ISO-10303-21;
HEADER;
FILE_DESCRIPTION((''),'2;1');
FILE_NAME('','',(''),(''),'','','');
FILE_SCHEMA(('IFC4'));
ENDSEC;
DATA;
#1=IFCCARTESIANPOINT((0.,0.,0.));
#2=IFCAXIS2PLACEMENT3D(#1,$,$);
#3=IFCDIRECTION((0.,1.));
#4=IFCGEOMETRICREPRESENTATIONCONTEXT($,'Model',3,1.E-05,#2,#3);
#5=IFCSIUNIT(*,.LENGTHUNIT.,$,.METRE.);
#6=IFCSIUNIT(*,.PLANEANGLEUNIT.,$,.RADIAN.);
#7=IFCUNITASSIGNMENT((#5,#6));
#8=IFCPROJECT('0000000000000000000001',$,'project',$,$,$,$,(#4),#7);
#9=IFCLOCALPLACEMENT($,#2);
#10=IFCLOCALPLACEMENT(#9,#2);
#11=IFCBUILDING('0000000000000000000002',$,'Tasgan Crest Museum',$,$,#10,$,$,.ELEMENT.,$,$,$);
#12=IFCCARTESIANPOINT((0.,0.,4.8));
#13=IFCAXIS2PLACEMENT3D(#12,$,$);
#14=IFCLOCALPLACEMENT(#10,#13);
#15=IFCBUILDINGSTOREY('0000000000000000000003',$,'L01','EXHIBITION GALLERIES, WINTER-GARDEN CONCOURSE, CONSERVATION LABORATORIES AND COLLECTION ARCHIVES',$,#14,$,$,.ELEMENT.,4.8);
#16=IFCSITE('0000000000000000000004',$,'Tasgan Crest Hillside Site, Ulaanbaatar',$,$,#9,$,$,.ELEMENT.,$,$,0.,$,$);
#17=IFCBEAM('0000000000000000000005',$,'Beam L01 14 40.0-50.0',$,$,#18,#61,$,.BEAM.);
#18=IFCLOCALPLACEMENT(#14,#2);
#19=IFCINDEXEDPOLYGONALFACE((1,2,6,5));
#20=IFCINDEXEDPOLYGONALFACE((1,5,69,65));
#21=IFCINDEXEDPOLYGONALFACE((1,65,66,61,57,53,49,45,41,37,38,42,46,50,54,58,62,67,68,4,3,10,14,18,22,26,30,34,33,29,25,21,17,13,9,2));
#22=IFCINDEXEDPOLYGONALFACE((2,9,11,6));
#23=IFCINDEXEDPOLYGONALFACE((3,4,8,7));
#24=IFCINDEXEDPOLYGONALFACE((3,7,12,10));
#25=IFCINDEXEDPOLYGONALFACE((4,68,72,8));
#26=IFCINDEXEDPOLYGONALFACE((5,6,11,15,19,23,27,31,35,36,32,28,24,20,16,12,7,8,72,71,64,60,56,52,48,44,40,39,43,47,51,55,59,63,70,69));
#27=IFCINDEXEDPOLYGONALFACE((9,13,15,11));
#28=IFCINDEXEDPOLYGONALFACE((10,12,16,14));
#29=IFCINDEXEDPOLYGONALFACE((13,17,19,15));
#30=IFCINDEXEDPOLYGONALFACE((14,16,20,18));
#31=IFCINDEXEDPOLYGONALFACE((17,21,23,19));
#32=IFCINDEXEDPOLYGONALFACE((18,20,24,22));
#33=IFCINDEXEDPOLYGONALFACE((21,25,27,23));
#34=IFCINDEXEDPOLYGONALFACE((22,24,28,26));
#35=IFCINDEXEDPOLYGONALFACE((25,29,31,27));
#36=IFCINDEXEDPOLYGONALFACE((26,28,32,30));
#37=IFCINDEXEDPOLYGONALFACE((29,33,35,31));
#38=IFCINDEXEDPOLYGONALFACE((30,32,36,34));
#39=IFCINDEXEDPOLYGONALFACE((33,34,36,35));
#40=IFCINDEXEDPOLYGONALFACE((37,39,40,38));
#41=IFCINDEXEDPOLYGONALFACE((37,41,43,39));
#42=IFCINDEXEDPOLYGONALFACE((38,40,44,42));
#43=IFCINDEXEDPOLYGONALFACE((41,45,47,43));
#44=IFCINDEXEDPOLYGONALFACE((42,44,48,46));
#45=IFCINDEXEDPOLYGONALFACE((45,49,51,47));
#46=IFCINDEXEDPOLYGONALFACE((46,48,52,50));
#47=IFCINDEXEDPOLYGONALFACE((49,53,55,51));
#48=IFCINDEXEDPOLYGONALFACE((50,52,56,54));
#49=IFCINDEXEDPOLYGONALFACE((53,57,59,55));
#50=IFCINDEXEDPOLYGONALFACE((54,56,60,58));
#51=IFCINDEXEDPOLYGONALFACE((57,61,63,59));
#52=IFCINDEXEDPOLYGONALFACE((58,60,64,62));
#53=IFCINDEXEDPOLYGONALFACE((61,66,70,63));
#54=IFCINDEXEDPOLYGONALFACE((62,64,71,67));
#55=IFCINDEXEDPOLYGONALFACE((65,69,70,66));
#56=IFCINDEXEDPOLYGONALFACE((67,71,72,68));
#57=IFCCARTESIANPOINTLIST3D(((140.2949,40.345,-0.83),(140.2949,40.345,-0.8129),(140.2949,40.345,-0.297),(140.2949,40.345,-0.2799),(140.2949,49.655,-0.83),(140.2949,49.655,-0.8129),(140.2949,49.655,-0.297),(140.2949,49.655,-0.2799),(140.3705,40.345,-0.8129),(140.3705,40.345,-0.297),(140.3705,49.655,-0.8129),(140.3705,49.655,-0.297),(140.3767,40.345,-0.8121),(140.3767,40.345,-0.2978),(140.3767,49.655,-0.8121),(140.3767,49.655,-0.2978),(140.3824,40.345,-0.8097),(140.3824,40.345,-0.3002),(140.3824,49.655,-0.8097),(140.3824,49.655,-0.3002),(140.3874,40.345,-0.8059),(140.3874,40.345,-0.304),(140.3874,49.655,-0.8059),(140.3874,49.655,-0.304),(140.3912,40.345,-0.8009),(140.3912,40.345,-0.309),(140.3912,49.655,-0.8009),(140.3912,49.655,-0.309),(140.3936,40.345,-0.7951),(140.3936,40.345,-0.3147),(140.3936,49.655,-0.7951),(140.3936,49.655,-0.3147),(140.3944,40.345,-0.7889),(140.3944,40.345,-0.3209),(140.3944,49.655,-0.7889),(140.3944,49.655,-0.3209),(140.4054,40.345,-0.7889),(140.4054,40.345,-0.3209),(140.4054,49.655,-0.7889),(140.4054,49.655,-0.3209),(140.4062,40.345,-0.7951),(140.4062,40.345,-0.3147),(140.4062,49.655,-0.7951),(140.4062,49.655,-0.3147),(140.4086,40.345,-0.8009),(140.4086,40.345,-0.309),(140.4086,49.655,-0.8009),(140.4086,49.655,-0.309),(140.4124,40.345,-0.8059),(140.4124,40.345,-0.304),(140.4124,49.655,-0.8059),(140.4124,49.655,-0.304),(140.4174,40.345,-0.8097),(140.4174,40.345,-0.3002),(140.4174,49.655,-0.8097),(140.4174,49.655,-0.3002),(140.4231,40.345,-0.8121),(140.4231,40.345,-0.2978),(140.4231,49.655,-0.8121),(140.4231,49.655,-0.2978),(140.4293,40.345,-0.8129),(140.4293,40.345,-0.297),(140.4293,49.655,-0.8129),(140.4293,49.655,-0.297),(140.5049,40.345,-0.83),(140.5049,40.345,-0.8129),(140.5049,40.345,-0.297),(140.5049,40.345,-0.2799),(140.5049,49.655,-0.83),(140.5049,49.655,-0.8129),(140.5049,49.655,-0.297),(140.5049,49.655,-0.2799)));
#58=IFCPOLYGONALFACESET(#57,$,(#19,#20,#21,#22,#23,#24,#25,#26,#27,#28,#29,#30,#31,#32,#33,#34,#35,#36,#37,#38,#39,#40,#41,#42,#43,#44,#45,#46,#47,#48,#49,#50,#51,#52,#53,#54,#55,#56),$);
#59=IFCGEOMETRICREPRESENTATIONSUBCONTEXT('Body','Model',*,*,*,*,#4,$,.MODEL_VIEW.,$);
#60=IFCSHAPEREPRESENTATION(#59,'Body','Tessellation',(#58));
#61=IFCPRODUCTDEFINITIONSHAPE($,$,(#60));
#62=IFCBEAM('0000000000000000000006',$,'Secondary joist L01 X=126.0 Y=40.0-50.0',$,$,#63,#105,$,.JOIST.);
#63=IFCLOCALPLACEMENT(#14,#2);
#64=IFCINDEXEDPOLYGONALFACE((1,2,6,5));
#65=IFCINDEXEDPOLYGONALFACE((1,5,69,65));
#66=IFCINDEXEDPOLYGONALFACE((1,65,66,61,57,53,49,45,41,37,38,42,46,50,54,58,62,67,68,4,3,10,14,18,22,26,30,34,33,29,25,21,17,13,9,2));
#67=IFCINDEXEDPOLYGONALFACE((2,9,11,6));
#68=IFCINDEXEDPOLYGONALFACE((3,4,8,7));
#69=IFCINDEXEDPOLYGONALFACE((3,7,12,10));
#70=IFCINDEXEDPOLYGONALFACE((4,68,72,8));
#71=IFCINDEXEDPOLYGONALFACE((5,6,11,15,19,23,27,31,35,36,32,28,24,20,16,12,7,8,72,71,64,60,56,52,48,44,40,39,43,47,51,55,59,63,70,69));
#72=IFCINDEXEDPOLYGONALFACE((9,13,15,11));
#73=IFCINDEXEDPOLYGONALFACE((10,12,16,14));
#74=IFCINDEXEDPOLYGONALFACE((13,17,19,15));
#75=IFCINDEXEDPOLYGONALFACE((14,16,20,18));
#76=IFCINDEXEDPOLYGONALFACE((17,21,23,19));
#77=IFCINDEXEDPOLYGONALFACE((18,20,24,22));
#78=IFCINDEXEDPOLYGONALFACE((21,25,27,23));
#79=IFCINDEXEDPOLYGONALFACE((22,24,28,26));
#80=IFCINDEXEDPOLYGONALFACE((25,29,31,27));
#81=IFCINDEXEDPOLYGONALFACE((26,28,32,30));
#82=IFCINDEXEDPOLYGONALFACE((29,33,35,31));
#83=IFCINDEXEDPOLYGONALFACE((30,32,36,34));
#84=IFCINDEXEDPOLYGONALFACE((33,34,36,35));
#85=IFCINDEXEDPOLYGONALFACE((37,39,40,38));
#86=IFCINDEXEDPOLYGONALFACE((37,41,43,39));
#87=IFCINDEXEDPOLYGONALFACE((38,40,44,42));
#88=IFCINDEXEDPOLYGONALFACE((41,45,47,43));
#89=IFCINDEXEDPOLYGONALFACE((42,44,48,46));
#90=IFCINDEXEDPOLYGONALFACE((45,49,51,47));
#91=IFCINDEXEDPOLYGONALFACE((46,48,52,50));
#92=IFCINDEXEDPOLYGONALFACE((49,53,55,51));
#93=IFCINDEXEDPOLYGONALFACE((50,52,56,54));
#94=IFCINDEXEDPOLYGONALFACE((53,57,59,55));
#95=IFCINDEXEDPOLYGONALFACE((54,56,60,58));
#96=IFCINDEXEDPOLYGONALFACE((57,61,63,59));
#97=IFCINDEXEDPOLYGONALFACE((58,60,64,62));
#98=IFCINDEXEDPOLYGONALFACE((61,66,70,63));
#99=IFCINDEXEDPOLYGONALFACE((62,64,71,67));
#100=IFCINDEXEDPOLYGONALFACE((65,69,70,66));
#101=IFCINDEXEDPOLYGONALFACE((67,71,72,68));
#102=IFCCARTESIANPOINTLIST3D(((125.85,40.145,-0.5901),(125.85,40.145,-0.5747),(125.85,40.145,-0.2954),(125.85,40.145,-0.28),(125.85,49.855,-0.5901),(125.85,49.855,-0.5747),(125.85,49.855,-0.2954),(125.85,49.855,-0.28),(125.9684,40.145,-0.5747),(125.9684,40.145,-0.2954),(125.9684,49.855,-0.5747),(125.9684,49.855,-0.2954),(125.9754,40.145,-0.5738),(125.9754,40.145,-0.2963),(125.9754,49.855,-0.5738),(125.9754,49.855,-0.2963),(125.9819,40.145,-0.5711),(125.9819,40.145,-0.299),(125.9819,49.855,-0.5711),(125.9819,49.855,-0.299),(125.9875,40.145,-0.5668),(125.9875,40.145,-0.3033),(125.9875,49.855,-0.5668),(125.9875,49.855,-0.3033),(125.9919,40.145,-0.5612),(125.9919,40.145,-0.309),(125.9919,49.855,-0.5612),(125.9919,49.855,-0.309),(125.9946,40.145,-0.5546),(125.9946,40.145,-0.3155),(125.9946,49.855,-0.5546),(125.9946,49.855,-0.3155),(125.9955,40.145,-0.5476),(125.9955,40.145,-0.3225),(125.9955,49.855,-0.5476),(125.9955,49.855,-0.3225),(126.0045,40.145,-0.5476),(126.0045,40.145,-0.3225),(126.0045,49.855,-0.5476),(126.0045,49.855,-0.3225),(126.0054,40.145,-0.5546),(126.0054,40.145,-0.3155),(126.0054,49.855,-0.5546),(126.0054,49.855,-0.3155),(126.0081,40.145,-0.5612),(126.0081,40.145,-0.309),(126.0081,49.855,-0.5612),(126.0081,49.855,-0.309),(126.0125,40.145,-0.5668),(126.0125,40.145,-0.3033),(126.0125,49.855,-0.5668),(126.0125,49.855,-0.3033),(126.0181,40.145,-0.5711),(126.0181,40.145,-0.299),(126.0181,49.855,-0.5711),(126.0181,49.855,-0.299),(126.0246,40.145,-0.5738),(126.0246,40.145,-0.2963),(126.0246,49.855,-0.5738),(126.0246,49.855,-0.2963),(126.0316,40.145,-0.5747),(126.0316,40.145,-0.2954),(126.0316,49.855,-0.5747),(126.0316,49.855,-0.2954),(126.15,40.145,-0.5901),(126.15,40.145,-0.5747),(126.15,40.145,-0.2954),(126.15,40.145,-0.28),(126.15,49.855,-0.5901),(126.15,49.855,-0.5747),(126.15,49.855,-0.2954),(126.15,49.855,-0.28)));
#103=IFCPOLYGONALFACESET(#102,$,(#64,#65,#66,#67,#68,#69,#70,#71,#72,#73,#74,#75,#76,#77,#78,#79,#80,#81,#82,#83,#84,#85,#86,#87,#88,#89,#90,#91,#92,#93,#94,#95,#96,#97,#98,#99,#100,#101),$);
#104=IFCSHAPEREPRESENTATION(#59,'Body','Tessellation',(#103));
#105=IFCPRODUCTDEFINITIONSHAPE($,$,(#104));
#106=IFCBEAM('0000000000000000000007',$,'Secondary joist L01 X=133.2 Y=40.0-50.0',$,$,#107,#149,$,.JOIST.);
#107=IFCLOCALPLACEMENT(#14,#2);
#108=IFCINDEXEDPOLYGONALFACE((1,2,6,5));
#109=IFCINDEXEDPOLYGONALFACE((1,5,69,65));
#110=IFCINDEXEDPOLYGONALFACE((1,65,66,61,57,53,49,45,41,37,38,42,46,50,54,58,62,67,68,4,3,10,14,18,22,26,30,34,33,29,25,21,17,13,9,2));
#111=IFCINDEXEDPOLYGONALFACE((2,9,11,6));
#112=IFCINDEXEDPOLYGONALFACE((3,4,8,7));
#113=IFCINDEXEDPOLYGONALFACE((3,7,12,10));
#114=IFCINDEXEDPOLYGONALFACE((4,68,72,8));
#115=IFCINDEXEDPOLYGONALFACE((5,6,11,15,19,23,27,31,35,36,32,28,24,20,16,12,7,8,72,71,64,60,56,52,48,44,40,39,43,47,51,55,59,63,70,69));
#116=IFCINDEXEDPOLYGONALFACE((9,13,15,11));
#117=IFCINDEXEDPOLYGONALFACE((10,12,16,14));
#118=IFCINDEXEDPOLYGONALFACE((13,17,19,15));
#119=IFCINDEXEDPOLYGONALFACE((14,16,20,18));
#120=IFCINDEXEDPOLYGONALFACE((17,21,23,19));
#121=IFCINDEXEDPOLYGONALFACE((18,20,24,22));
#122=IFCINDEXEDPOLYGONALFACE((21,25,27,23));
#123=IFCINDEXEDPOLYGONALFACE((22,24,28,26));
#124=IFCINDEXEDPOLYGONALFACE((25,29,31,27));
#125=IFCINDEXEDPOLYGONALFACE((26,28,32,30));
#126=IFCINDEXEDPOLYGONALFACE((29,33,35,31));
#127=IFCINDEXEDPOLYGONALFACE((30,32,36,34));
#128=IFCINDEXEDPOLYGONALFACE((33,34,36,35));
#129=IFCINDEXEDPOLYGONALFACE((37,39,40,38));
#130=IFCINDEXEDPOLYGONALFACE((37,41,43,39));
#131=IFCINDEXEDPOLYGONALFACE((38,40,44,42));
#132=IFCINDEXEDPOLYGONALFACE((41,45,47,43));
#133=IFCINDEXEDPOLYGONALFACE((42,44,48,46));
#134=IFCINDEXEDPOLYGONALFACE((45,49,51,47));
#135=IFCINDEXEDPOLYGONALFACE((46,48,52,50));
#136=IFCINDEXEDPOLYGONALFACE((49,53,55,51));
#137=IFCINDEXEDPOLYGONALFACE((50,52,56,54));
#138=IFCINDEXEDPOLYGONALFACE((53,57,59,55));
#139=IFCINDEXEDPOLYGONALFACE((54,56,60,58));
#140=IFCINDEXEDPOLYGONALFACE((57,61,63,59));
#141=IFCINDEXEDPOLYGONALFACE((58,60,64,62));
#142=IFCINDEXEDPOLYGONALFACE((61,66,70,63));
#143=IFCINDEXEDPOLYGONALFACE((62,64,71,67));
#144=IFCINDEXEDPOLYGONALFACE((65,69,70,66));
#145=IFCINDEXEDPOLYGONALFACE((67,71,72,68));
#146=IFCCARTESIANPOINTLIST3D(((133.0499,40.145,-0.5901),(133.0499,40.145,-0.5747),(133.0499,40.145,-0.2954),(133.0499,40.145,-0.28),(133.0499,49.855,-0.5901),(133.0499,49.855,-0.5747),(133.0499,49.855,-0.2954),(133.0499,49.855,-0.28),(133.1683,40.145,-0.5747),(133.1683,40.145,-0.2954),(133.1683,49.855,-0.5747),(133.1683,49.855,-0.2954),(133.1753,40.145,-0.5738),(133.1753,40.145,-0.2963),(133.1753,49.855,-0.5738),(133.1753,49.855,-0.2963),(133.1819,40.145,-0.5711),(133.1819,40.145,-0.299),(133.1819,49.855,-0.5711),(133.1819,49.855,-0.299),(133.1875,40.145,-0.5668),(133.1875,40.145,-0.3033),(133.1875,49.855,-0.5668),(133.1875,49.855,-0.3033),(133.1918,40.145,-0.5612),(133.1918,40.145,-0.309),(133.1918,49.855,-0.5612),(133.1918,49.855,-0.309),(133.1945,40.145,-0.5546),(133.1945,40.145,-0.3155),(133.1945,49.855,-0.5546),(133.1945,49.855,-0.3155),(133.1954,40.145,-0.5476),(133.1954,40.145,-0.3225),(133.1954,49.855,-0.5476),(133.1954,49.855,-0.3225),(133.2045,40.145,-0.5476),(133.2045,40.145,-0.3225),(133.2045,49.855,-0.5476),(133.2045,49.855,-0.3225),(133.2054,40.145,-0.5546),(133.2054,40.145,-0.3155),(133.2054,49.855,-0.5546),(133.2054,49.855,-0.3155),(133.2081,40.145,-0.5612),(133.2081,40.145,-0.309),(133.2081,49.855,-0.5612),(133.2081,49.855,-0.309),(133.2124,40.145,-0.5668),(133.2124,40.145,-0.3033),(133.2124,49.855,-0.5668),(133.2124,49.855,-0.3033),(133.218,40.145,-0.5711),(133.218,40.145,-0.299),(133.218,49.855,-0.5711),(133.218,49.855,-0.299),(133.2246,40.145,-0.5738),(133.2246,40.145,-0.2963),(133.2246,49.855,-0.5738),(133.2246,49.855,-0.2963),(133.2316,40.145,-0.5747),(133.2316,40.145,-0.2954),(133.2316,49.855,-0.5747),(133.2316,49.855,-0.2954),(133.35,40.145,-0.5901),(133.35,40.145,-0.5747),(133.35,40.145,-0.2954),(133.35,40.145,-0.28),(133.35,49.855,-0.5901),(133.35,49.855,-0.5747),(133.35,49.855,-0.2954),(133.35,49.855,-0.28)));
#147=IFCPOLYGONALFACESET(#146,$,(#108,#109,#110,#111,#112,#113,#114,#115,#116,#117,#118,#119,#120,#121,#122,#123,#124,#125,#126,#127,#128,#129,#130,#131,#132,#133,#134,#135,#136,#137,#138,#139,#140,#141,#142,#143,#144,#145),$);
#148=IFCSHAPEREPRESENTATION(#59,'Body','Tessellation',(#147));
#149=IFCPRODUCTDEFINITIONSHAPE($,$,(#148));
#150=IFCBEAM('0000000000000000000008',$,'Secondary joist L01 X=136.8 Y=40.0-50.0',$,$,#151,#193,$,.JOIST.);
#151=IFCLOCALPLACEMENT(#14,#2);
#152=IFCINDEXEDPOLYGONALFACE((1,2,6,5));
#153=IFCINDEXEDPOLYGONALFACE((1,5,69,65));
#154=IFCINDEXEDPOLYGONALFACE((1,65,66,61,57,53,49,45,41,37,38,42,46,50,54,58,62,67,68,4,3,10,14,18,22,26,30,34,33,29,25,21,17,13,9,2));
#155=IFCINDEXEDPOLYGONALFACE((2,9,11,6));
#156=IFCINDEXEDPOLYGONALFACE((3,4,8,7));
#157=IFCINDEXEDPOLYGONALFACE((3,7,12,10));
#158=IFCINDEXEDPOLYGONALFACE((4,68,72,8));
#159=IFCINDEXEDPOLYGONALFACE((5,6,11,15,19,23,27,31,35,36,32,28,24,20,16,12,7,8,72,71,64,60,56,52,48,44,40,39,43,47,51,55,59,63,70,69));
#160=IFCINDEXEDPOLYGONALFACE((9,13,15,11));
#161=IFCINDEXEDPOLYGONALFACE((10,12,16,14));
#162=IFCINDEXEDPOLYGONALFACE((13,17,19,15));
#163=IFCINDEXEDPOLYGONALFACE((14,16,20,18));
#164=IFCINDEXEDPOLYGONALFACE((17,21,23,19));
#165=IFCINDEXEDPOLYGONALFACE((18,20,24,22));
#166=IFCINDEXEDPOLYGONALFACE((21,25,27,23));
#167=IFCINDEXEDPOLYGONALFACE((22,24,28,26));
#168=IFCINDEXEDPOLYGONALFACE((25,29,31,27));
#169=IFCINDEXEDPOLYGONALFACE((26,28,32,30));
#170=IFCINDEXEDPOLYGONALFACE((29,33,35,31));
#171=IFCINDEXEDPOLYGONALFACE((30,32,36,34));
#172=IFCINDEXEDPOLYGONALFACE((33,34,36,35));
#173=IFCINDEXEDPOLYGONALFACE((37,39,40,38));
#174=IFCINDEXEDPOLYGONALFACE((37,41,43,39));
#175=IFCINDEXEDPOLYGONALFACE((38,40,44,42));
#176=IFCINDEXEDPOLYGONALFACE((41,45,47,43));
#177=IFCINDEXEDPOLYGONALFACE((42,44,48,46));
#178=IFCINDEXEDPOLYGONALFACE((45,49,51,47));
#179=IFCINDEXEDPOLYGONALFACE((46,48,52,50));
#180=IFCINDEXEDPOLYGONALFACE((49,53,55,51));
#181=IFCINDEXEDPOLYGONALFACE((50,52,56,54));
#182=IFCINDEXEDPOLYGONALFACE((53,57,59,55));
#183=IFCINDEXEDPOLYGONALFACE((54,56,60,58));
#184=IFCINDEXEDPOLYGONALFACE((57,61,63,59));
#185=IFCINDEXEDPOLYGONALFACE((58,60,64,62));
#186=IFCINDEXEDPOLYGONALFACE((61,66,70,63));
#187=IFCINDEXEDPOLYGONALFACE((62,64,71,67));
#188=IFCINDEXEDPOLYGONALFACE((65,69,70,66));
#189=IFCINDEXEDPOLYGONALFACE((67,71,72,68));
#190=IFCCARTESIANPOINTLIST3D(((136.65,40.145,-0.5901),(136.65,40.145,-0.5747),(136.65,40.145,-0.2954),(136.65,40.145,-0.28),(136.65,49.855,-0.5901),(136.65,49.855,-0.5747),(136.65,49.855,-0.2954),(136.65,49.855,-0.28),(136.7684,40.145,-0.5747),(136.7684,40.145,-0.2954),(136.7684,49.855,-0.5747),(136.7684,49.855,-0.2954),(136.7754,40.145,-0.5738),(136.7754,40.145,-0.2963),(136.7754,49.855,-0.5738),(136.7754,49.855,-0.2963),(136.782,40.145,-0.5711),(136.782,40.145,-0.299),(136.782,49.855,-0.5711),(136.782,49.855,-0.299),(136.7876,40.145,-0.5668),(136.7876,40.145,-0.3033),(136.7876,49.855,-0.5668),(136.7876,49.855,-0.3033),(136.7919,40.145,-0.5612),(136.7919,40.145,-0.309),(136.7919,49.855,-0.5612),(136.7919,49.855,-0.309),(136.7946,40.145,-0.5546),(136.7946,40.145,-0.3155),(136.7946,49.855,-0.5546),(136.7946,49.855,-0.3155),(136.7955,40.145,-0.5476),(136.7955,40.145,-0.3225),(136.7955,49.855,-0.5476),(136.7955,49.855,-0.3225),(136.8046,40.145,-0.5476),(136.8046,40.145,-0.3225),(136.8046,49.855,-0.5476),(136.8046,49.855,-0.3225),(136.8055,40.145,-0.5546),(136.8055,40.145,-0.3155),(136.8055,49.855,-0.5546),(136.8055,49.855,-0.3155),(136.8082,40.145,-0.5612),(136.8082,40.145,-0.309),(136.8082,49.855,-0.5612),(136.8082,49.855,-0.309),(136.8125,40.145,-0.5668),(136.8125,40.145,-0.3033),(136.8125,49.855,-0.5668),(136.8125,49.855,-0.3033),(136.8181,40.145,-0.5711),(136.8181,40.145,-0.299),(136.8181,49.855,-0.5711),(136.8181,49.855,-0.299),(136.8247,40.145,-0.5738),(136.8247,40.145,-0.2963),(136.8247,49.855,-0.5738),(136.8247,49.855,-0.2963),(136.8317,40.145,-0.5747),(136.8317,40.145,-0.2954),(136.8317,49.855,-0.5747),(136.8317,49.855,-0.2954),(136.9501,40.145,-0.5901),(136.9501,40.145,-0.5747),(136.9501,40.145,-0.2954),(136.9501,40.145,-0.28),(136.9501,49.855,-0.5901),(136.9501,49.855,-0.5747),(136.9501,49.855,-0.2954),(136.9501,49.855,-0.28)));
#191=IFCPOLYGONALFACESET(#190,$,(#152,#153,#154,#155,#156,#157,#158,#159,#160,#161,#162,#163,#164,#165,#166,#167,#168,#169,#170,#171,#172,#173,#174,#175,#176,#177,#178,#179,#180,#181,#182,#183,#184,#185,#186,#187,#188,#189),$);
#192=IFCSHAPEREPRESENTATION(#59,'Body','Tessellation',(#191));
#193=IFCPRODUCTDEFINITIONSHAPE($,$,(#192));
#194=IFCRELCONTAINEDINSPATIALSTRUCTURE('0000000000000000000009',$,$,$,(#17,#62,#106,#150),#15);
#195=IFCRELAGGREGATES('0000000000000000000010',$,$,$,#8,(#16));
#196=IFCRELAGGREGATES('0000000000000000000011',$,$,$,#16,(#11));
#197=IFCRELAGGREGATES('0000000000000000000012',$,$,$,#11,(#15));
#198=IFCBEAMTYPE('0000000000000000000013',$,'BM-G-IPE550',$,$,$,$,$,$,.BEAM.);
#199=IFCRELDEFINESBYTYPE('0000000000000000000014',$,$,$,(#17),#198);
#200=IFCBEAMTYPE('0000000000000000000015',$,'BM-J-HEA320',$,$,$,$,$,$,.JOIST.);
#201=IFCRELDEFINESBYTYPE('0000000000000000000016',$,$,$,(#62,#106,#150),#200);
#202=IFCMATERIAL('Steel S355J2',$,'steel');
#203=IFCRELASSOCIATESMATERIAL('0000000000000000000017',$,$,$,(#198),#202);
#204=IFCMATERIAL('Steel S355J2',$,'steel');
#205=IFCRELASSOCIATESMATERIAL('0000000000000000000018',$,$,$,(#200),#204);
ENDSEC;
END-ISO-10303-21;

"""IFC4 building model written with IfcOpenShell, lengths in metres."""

from ifc_helpers import new_model, si_unit, direction, frame, origin, origin_2d, place, context, subcontext, project, spatial, i_section, extrude, material, material_profile, profile_set, type_object, element, save


model = new_model("IFC4")

# Units and contexts
model_context = context("Model", 3, precision=1e-05, world=origin(), true_north=direction((0.0, 1.0)))
body_context = subcontext(model_context, "Body", "Model", "MODEL_VIEW")
ifc_project = project(units=[si_unit("LENGTHUNIT", "METRE"), si_unit("PLANEANGLEUNIT", "RADIAN")], contexts=[model_context])

# Site, building, storey
site_placement = place(None, origin())
site = spatial("IfcSite", under=ifc_project, at=site_placement, Name="Tasgan Crest Hillside Site, Ulaanbaatar", CompositionType="ELEMENT", RefElevation=0.0)
building_placement = place(site_placement, origin())
building = spatial("IfcBuilding", under=site, at=building_placement, Name="Tasgan Crest Museum", CompositionType="ELEMENT")
storey_placement = place(building_placement, frame((0.0, 0.0, 4.8)))
storey = spatial("IfcBuildingStorey", under=building, at=storey_placement, Name="L01", Description="EXHIBITION GALLERIES, WINTER-GARDEN CONCOURSE, CONSERVATION LABORATORIES AND COLLECTION ARCHIVES", CompositionType="ELEMENT", Elevation=4.8)

# Beams
ifc_material_1 = material(Name="Steel S355J2", Category="steel")
ifc_material_profile_1 = material_profile(ifc_material_1, i_section(OverallWidth=0.21, OverallDepth=0.55, WebThickness=0.011, FlangeThickness=0.0171, FilletRadius=0.0239, at=origin_2d()), Name="IPE 550")
ifc_profile_set_1 = profile_set([ifc_material_profile_1], Name="Steel S355J2")
beam_type_1 = type_object("IfcBeamType", Name="BM-G-IPE550", PredefinedType="BEAM", material=ifc_profile_set_1)
for number, where, z_axis, x_axis, name in (
    (1, (140.3999, 40.345, -0.5549), (0.0, 1.0, 0.0), (-1.0, 0.0, 0.0), "Beam L01 14 40.0-50.0"),
):
    element("IfcBeam", number, at=place(storey_placement, frame(where, z_axis=z_axis, x_axis=x_axis)), inside=storey, type_object=beam_type_1, Name=name, PredefinedType="BEAM", context=body_context, shape_type="SweptSolid", body=[
        extrude(i_section(OverallWidth=0.21, OverallDepth=0.55, WebThickness=0.011, FlangeThickness=0.0171, FilletRadius=0.0239, at=origin_2d()), origin(), (0.0, 0.0, 1.0), 9.3101),
    ])
ifc_material_2 = material(Name="Steel S355J2", Category="steel")
ifc_material_profile_2 = material_profile(ifc_material_2, i_section(OverallWidth=0.3, OverallDepth=0.3101, WebThickness=0.009, FlangeThickness=0.0154, FilletRadius=0.0271, at=origin_2d()), Name="HEA 320")
ifc_profile_set_2 = profile_set([ifc_material_profile_2], Name="Steel S355J2")
beam_type_2 = type_object("IfcBeamType", Name="BM-J-HEA320", PredefinedType="JOIST", material=ifc_profile_set_2)
for number, where, z_axis, x_axis, name in (
    (2, (126.0, 40.145, -0.4351), (0.0, 1.0, 0.0), (-1.0, 0.0, 0.0), "Secondary joist L01 X=126.0 Y=40.0-50.0"),
    (3, (133.2, 40.145, -0.4351), (0.0, 1.0, 0.0), (-1.0, 0.0, 0.0), "Secondary joist L01 X=133.2 Y=40.0-50.0"),
    (4, (136.8, 40.145, -0.4351), (0.0, 1.0, 0.0), (-1.0, 0.0, 0.0), "Secondary joist L01 X=136.8 Y=40.0-50.0"),
):
    element("IfcBeam", number, at=place(storey_placement, frame(where, z_axis=z_axis, x_axis=x_axis)), inside=storey, type_object=beam_type_2, Name=name, PredefinedType="JOIST", context=body_context, shape_type="SweptSolid", body=[
        extrude(i_section(OverallWidth=0.3, OverallDepth=0.3101, WebThickness=0.009, FlangeThickness=0.0154, FilletRadius=0.0271, at=origin_2d()), origin(), (0.0, 0.0, 1.0), 9.71),
    ])

save(model, "model.ifc")
